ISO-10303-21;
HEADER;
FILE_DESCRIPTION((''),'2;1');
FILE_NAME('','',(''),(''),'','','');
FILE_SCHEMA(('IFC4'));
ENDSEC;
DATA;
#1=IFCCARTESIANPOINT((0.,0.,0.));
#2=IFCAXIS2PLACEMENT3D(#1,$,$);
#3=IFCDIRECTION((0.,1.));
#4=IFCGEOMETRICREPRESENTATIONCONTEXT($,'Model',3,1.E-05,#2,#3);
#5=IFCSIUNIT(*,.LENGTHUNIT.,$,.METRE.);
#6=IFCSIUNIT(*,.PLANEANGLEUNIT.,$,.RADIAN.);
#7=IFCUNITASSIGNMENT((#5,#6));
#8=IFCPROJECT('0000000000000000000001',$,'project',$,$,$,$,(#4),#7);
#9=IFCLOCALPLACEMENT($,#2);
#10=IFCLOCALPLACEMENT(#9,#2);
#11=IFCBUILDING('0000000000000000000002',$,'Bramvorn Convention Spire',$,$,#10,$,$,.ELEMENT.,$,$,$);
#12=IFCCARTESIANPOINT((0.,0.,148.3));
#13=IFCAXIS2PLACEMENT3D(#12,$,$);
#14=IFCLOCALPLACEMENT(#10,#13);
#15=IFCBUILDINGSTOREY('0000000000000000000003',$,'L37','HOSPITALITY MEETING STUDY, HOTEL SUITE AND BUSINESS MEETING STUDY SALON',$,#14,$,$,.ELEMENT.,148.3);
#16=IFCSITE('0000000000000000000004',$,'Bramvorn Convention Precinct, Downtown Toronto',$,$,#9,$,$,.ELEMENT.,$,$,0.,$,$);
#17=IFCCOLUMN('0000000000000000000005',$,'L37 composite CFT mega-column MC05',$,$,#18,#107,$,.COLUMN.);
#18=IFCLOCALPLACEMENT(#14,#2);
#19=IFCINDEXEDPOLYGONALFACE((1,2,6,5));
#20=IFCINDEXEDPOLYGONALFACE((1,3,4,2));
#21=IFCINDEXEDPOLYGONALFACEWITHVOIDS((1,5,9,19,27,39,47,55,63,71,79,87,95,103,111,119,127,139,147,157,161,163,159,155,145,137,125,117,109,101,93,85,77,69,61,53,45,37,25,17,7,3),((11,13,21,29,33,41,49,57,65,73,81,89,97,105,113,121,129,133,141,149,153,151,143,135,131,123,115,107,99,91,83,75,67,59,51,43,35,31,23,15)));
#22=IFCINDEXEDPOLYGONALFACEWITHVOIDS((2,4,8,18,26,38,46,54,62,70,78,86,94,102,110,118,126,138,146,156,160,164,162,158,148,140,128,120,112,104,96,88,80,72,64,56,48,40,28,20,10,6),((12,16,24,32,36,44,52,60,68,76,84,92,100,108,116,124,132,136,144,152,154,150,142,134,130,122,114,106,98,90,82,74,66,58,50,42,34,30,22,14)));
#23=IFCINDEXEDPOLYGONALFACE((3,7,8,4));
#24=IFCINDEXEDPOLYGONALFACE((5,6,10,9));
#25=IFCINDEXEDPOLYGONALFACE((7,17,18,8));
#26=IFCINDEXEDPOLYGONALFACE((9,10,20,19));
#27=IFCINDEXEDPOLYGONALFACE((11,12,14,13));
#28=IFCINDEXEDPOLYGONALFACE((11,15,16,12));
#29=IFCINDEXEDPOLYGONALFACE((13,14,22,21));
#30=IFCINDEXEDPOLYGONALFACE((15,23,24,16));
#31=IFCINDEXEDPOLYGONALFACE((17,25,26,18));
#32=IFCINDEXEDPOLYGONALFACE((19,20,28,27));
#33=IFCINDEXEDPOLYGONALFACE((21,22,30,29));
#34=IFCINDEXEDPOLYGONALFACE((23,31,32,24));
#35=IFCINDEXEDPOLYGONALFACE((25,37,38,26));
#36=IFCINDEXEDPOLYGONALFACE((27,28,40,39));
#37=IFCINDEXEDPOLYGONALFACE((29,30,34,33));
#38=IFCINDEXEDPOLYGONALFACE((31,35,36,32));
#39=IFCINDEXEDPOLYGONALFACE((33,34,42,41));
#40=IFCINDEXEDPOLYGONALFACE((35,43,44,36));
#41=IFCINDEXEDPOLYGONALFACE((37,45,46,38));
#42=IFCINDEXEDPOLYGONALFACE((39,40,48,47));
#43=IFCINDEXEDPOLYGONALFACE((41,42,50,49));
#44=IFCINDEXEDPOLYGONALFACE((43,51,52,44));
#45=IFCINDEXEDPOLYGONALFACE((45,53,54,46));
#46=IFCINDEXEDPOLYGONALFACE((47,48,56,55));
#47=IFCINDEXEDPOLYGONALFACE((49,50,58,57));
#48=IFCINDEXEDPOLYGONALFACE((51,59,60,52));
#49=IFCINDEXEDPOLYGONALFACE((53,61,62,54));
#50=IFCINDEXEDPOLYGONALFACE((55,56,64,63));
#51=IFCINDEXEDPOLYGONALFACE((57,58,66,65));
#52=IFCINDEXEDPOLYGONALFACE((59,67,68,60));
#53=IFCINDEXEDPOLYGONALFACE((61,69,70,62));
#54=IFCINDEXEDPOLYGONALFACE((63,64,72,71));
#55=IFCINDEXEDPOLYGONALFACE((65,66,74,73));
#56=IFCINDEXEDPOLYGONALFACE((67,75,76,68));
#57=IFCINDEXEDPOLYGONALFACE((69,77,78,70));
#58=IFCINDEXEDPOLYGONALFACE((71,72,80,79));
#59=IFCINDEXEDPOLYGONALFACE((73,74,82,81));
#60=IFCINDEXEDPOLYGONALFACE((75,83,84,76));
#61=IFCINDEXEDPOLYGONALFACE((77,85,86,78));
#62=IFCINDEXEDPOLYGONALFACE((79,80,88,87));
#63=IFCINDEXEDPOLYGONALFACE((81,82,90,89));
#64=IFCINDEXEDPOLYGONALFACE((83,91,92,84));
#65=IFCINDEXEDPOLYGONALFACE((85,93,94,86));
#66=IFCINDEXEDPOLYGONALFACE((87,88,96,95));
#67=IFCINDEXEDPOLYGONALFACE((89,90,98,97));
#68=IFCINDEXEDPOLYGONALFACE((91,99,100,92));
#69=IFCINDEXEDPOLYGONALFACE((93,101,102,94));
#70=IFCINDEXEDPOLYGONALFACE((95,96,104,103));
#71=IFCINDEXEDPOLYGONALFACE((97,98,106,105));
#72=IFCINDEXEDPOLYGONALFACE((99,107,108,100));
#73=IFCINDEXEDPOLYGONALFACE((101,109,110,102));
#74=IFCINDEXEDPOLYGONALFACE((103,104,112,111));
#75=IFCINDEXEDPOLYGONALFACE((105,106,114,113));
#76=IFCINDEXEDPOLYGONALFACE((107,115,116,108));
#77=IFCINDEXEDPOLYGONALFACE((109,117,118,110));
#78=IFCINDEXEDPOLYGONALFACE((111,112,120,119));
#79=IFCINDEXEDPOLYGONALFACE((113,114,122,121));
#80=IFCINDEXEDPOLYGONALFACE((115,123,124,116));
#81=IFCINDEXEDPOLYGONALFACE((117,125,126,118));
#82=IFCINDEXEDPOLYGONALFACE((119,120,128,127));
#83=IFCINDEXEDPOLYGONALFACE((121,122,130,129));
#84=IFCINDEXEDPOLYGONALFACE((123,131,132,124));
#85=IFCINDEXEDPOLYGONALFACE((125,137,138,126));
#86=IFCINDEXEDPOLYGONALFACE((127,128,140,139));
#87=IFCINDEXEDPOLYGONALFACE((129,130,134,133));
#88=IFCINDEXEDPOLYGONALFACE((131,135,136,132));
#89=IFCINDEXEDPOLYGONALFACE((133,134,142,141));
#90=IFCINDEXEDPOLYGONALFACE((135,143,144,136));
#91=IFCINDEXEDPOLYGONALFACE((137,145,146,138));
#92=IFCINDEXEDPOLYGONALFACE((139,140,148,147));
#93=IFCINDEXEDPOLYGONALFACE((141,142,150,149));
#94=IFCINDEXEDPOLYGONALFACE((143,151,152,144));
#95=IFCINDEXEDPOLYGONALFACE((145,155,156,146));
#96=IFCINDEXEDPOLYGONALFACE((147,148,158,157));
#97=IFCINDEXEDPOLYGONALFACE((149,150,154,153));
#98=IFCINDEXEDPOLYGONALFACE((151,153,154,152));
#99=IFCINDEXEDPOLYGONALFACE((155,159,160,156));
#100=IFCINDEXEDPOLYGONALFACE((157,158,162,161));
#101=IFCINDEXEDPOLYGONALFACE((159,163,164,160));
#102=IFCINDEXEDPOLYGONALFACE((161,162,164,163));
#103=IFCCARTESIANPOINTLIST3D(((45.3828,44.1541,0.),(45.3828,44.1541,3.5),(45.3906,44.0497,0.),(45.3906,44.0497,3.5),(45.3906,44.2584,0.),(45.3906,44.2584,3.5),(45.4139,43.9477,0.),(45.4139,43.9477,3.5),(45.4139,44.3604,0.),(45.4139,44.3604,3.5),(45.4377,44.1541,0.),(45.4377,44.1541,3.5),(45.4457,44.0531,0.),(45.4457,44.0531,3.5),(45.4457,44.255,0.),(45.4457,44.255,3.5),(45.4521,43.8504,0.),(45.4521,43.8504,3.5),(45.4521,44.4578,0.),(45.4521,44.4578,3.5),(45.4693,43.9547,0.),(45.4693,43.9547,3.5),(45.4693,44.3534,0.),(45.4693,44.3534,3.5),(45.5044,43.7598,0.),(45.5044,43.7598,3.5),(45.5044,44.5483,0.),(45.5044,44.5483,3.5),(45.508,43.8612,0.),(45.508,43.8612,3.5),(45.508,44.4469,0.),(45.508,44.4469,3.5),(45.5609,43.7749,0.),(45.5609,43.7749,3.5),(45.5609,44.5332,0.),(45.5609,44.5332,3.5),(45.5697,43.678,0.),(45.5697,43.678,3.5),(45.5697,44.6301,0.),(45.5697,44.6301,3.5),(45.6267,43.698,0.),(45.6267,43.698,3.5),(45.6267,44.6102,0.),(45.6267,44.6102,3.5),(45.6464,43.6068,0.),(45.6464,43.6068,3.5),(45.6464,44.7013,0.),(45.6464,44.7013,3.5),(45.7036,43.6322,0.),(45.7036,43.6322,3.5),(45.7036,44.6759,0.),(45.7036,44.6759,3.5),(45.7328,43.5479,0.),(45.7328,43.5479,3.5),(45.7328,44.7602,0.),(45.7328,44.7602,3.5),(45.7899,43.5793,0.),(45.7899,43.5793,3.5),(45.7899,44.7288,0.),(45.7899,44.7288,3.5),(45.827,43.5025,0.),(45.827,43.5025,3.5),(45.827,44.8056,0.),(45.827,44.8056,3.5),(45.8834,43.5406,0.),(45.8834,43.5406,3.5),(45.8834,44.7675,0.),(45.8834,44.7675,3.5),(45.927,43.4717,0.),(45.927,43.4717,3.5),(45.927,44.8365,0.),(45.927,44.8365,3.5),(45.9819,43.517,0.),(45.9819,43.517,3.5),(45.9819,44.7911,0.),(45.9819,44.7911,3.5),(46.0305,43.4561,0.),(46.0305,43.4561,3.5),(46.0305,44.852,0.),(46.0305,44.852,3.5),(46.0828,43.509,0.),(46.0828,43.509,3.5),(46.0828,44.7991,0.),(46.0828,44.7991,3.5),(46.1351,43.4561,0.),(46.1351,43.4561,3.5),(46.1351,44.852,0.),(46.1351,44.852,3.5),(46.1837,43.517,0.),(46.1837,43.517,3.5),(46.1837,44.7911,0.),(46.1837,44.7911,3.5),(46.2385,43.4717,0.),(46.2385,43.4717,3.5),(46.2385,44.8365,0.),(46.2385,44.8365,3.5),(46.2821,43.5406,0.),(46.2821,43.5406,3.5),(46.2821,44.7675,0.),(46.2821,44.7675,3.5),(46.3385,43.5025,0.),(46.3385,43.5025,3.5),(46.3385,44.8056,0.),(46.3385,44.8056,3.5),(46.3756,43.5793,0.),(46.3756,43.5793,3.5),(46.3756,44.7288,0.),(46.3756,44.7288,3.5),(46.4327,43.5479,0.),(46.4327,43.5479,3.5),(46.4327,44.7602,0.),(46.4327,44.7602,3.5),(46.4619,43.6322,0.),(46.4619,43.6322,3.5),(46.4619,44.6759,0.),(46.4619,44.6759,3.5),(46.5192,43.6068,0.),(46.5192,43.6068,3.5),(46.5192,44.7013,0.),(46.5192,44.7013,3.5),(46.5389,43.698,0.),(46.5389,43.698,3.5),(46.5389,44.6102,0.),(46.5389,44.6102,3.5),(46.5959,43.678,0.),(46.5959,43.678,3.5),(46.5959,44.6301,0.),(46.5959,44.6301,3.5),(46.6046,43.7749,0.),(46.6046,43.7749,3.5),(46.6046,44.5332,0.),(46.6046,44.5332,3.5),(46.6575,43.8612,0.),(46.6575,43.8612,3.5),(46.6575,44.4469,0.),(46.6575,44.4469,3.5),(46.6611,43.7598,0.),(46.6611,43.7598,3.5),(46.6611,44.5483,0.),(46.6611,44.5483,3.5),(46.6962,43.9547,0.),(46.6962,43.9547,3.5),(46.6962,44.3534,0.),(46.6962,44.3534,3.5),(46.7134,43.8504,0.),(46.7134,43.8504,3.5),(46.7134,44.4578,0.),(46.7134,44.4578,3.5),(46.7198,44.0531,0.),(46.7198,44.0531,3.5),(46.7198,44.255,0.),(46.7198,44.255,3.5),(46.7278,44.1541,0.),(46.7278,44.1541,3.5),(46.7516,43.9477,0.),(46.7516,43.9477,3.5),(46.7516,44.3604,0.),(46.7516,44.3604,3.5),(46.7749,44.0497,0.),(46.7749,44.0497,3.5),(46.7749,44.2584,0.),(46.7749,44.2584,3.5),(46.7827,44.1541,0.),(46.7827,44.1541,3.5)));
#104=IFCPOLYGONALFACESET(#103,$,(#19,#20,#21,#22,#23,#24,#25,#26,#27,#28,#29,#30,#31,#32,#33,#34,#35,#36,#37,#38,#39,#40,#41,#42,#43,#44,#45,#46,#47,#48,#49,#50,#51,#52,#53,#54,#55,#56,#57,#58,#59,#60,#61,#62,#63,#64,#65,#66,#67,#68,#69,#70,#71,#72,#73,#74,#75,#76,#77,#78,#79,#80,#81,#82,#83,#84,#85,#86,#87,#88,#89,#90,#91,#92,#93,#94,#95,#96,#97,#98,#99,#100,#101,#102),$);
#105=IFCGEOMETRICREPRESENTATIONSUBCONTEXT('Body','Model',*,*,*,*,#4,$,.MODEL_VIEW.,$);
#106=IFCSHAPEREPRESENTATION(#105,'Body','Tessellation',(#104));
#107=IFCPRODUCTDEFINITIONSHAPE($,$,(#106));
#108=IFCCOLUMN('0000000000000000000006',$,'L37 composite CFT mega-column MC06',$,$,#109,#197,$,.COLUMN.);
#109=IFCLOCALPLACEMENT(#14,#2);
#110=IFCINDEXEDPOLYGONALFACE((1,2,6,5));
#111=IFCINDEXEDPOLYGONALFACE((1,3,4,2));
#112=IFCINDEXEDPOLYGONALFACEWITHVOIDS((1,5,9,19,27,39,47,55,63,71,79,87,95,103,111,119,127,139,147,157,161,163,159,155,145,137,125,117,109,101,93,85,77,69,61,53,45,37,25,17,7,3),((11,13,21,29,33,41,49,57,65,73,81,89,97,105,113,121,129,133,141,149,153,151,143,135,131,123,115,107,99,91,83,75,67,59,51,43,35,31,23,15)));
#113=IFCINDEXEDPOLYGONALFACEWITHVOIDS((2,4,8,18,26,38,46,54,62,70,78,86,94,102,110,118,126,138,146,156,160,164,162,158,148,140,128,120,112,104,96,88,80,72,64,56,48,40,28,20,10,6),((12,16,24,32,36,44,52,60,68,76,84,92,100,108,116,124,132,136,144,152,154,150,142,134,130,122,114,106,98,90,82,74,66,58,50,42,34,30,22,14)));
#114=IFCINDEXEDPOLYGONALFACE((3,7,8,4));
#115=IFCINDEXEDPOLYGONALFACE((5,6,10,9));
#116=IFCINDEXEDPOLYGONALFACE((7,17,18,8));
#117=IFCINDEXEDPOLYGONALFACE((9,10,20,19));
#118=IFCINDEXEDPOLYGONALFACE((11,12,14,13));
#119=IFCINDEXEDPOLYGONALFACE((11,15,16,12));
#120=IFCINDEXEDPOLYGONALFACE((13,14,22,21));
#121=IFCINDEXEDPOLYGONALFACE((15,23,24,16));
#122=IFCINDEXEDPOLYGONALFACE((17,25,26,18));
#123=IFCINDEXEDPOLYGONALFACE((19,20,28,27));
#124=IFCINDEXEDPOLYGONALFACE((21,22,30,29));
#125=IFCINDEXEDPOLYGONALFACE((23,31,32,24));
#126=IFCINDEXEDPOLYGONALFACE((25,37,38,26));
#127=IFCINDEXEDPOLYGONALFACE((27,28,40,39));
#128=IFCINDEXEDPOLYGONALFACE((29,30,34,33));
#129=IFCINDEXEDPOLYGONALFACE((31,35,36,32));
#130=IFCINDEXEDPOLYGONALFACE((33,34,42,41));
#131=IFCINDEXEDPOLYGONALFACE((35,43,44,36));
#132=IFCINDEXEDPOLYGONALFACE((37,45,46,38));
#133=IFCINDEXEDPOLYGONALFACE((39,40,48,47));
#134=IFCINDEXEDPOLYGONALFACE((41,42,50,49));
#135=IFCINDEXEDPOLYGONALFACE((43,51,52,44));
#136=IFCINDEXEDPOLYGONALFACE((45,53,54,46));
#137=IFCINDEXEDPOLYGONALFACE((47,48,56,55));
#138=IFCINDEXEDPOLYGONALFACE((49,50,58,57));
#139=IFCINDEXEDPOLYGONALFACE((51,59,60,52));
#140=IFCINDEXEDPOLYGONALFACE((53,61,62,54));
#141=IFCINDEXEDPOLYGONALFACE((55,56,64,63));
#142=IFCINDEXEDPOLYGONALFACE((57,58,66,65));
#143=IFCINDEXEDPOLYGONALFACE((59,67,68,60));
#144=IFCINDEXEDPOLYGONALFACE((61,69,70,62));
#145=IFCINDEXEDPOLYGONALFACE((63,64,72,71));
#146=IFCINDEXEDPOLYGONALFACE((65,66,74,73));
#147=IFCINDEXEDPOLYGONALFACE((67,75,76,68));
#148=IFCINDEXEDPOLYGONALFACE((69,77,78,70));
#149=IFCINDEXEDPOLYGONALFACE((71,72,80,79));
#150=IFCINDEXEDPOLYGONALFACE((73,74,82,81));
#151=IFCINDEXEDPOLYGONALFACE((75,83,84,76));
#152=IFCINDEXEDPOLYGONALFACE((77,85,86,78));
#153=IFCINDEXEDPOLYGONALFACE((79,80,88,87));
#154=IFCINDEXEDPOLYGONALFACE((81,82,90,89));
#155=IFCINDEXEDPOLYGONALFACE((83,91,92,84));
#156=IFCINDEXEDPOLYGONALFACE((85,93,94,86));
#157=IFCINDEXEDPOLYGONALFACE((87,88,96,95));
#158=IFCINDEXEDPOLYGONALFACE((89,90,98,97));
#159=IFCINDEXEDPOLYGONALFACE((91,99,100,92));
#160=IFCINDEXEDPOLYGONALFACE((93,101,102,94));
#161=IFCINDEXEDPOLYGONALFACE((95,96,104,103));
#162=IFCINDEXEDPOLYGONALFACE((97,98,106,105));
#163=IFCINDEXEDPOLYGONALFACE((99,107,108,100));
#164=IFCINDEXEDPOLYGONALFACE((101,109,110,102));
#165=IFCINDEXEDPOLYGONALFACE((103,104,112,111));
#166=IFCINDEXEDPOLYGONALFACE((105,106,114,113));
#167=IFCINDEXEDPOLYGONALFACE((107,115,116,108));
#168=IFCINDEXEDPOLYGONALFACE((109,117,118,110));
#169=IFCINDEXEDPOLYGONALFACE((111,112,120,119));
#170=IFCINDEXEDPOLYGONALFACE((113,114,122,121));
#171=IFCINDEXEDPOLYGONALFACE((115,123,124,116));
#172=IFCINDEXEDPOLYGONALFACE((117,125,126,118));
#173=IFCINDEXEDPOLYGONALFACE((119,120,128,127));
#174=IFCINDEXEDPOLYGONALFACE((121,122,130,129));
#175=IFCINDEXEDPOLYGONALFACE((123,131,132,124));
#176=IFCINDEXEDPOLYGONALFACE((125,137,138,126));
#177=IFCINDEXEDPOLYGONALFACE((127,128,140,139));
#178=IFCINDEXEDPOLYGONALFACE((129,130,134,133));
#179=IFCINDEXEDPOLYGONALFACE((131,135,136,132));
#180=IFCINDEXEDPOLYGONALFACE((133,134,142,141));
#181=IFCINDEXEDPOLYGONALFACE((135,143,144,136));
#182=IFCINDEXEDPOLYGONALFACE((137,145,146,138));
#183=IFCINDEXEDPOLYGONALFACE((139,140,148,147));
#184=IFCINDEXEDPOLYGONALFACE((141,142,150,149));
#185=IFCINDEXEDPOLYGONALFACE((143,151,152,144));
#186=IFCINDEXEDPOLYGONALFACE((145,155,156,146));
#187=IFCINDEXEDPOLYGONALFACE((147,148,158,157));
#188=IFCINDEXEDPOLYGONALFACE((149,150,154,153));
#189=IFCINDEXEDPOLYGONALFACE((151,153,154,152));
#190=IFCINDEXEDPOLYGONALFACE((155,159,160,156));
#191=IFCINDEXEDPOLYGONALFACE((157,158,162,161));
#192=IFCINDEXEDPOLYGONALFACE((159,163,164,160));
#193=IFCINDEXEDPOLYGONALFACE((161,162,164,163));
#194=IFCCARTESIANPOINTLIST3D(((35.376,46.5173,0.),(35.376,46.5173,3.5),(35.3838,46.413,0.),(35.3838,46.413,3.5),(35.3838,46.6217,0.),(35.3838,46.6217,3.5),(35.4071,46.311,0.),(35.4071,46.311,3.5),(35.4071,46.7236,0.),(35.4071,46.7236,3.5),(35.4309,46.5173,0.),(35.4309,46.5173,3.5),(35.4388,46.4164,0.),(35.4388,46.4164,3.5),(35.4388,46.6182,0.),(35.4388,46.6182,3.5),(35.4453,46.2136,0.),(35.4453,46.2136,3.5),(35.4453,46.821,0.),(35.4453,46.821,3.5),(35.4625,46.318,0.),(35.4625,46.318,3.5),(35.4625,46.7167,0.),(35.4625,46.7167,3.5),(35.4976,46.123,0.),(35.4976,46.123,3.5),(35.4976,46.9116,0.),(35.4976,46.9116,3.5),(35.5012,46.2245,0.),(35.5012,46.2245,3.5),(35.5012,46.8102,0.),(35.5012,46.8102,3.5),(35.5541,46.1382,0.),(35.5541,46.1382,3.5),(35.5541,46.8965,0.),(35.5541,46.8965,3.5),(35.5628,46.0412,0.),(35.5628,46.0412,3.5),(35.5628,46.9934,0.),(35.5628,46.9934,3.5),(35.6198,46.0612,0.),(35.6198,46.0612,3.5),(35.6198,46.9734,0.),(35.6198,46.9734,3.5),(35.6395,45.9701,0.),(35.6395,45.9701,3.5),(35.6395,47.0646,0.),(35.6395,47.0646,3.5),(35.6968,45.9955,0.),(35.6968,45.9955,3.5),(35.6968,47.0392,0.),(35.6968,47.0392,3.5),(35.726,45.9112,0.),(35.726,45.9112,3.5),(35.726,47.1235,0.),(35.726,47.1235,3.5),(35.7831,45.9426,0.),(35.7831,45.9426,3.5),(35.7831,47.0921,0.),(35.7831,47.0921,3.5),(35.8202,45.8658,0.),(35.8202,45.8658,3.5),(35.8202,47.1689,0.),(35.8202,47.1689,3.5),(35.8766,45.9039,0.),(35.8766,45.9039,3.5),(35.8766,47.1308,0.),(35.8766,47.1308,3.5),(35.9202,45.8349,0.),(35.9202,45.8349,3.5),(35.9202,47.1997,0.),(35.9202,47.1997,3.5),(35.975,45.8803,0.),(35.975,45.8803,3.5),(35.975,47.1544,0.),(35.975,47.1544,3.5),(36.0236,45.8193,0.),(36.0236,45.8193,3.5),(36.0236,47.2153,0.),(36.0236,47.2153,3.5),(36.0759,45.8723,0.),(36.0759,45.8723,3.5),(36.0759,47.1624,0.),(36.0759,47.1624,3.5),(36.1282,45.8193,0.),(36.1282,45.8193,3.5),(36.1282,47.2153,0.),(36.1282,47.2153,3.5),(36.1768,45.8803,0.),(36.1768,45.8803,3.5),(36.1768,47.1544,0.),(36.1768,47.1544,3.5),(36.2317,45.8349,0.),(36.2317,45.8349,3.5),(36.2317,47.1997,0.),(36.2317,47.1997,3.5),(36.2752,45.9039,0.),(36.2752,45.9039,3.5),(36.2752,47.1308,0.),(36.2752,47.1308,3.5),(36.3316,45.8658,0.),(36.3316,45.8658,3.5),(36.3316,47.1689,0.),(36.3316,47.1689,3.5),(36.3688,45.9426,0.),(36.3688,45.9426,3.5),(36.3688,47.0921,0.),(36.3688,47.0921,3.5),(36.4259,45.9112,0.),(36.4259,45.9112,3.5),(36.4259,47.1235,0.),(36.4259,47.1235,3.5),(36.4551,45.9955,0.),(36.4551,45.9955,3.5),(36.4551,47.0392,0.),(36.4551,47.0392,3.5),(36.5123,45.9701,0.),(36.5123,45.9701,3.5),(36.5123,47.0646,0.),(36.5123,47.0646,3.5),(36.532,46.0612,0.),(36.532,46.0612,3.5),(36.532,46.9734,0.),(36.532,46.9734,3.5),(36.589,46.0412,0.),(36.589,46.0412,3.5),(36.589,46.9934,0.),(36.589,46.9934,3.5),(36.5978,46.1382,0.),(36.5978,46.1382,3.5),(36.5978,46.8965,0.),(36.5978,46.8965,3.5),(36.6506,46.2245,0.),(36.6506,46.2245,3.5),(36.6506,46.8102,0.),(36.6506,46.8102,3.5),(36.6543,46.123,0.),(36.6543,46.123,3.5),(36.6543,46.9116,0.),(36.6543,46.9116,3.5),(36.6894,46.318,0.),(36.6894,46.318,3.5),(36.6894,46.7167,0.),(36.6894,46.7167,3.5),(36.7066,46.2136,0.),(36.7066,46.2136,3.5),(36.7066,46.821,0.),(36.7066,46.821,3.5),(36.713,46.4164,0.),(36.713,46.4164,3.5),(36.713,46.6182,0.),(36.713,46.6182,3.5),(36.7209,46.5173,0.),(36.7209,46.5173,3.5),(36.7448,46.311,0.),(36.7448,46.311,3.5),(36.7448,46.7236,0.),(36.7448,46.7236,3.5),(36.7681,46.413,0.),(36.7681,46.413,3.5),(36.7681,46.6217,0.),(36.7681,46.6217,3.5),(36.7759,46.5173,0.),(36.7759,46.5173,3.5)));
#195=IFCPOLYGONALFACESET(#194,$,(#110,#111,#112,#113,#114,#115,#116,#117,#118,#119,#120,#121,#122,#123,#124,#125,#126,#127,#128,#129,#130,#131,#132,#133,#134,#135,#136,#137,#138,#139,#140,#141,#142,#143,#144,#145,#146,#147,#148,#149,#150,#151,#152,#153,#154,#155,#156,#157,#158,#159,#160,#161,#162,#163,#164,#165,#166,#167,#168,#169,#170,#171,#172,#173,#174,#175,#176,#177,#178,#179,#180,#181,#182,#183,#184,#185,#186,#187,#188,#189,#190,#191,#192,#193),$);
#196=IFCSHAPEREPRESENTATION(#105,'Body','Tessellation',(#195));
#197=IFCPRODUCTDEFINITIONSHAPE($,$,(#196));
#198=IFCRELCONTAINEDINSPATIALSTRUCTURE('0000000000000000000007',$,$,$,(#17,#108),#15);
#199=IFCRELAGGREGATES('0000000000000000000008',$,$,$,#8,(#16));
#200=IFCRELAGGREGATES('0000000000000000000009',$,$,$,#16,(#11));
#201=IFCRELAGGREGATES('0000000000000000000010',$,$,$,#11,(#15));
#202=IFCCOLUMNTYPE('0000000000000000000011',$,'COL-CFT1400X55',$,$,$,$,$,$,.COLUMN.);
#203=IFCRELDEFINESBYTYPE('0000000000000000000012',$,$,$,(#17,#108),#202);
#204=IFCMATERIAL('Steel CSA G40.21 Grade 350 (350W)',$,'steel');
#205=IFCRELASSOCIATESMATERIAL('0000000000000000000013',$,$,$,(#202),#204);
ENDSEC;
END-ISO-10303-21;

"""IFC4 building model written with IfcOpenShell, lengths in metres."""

from ifc_helpers import new_model, si_unit, direction, frame, origin, origin_2d, place, context, subcontext, project, spatial, hollow_circle, extrude, material, material_profile, profile_set, type_object, element, save


model = new_model("IFC4")

# Units and contexts
model_context = context("Model", 3, precision=1e-05, world=origin(), true_north=direction((0.0, 1.0)))
body_context = subcontext(model_context, "Body", "Model", "MODEL_VIEW")
ifc_project = project(units=[si_unit("LENGTHUNIT", "METRE"), si_unit("PLANEANGLEUNIT", "RADIAN")], contexts=[model_context])

# Site, building, storey
site_placement = place(None, origin())
site = spatial("IfcSite", under=ifc_project, at=site_placement, Name="Bramvorn Convention Precinct, Downtown Toronto", CompositionType="ELEMENT", RefElevation=0.0)
building_placement = place(site_placement, origin())
building = spatial("IfcBuilding", under=site, at=building_placement, Name="Bramvorn Convention Spire", CompositionType="ELEMENT")
storey_placement = place(building_placement, frame((0.0, 0.0, 148.3)))
storey = spatial("IfcBuildingStorey", under=building, at=storey_placement, Name="L37", Description="HOSPITALITY MEETING STUDY, HOTEL SUITE AND BUSINESS MEETING STUDY SALON", CompositionType="ELEMENT", Elevation=148.3)

# Columns
ifc_material_1 = material(Name="Steel CSA G40.21 Grade 350 (350W)", Category="steel")
ifc_material_profile_1 = material_profile(ifc_material_1, hollow_circle(Radius=0.7, WallThickness=0.0549, at=origin_2d()))
ifc_profile_set_1 = profile_set([ifc_material_profile_1], Name="Steel CSA G40.21 Grade 350 (350W) - CFT1400X55")
column_type = type_object("IfcColumnType", Name="COL-CFT1400X55", PredefinedType="COLUMN", material=ifc_profile_set_1)
for number, where, z_axis, x_axis, name in (
    (1, (46.0828, 44.1541, 0.0), (0.0, 0.0, 1.0), (1.0, 0.0, 0.0), "L37 composite CFT mega-column MC05"),
    (2, (36.0759, 46.5173, 0.0), (0.0, 0.0, 1.0), (1.0, 0.0, 0.0), "L37 composite CFT mega-column MC06"),
):
    element("IfcColumn", number, at=place(storey_placement, frame(where, z_axis=z_axis, x_axis=x_axis)), inside=storey, type_object=column_type, Name=name, PredefinedType="COLUMN", context=body_context, shape_type="SweptSolid", body=[
        extrude(hollow_circle(Radius=0.7, WallThickness=0.0549, at=origin_2d()), origin(), (0.0, 0.0, 1.0), 3.5),
    ])

save(model, "model.ifc")
